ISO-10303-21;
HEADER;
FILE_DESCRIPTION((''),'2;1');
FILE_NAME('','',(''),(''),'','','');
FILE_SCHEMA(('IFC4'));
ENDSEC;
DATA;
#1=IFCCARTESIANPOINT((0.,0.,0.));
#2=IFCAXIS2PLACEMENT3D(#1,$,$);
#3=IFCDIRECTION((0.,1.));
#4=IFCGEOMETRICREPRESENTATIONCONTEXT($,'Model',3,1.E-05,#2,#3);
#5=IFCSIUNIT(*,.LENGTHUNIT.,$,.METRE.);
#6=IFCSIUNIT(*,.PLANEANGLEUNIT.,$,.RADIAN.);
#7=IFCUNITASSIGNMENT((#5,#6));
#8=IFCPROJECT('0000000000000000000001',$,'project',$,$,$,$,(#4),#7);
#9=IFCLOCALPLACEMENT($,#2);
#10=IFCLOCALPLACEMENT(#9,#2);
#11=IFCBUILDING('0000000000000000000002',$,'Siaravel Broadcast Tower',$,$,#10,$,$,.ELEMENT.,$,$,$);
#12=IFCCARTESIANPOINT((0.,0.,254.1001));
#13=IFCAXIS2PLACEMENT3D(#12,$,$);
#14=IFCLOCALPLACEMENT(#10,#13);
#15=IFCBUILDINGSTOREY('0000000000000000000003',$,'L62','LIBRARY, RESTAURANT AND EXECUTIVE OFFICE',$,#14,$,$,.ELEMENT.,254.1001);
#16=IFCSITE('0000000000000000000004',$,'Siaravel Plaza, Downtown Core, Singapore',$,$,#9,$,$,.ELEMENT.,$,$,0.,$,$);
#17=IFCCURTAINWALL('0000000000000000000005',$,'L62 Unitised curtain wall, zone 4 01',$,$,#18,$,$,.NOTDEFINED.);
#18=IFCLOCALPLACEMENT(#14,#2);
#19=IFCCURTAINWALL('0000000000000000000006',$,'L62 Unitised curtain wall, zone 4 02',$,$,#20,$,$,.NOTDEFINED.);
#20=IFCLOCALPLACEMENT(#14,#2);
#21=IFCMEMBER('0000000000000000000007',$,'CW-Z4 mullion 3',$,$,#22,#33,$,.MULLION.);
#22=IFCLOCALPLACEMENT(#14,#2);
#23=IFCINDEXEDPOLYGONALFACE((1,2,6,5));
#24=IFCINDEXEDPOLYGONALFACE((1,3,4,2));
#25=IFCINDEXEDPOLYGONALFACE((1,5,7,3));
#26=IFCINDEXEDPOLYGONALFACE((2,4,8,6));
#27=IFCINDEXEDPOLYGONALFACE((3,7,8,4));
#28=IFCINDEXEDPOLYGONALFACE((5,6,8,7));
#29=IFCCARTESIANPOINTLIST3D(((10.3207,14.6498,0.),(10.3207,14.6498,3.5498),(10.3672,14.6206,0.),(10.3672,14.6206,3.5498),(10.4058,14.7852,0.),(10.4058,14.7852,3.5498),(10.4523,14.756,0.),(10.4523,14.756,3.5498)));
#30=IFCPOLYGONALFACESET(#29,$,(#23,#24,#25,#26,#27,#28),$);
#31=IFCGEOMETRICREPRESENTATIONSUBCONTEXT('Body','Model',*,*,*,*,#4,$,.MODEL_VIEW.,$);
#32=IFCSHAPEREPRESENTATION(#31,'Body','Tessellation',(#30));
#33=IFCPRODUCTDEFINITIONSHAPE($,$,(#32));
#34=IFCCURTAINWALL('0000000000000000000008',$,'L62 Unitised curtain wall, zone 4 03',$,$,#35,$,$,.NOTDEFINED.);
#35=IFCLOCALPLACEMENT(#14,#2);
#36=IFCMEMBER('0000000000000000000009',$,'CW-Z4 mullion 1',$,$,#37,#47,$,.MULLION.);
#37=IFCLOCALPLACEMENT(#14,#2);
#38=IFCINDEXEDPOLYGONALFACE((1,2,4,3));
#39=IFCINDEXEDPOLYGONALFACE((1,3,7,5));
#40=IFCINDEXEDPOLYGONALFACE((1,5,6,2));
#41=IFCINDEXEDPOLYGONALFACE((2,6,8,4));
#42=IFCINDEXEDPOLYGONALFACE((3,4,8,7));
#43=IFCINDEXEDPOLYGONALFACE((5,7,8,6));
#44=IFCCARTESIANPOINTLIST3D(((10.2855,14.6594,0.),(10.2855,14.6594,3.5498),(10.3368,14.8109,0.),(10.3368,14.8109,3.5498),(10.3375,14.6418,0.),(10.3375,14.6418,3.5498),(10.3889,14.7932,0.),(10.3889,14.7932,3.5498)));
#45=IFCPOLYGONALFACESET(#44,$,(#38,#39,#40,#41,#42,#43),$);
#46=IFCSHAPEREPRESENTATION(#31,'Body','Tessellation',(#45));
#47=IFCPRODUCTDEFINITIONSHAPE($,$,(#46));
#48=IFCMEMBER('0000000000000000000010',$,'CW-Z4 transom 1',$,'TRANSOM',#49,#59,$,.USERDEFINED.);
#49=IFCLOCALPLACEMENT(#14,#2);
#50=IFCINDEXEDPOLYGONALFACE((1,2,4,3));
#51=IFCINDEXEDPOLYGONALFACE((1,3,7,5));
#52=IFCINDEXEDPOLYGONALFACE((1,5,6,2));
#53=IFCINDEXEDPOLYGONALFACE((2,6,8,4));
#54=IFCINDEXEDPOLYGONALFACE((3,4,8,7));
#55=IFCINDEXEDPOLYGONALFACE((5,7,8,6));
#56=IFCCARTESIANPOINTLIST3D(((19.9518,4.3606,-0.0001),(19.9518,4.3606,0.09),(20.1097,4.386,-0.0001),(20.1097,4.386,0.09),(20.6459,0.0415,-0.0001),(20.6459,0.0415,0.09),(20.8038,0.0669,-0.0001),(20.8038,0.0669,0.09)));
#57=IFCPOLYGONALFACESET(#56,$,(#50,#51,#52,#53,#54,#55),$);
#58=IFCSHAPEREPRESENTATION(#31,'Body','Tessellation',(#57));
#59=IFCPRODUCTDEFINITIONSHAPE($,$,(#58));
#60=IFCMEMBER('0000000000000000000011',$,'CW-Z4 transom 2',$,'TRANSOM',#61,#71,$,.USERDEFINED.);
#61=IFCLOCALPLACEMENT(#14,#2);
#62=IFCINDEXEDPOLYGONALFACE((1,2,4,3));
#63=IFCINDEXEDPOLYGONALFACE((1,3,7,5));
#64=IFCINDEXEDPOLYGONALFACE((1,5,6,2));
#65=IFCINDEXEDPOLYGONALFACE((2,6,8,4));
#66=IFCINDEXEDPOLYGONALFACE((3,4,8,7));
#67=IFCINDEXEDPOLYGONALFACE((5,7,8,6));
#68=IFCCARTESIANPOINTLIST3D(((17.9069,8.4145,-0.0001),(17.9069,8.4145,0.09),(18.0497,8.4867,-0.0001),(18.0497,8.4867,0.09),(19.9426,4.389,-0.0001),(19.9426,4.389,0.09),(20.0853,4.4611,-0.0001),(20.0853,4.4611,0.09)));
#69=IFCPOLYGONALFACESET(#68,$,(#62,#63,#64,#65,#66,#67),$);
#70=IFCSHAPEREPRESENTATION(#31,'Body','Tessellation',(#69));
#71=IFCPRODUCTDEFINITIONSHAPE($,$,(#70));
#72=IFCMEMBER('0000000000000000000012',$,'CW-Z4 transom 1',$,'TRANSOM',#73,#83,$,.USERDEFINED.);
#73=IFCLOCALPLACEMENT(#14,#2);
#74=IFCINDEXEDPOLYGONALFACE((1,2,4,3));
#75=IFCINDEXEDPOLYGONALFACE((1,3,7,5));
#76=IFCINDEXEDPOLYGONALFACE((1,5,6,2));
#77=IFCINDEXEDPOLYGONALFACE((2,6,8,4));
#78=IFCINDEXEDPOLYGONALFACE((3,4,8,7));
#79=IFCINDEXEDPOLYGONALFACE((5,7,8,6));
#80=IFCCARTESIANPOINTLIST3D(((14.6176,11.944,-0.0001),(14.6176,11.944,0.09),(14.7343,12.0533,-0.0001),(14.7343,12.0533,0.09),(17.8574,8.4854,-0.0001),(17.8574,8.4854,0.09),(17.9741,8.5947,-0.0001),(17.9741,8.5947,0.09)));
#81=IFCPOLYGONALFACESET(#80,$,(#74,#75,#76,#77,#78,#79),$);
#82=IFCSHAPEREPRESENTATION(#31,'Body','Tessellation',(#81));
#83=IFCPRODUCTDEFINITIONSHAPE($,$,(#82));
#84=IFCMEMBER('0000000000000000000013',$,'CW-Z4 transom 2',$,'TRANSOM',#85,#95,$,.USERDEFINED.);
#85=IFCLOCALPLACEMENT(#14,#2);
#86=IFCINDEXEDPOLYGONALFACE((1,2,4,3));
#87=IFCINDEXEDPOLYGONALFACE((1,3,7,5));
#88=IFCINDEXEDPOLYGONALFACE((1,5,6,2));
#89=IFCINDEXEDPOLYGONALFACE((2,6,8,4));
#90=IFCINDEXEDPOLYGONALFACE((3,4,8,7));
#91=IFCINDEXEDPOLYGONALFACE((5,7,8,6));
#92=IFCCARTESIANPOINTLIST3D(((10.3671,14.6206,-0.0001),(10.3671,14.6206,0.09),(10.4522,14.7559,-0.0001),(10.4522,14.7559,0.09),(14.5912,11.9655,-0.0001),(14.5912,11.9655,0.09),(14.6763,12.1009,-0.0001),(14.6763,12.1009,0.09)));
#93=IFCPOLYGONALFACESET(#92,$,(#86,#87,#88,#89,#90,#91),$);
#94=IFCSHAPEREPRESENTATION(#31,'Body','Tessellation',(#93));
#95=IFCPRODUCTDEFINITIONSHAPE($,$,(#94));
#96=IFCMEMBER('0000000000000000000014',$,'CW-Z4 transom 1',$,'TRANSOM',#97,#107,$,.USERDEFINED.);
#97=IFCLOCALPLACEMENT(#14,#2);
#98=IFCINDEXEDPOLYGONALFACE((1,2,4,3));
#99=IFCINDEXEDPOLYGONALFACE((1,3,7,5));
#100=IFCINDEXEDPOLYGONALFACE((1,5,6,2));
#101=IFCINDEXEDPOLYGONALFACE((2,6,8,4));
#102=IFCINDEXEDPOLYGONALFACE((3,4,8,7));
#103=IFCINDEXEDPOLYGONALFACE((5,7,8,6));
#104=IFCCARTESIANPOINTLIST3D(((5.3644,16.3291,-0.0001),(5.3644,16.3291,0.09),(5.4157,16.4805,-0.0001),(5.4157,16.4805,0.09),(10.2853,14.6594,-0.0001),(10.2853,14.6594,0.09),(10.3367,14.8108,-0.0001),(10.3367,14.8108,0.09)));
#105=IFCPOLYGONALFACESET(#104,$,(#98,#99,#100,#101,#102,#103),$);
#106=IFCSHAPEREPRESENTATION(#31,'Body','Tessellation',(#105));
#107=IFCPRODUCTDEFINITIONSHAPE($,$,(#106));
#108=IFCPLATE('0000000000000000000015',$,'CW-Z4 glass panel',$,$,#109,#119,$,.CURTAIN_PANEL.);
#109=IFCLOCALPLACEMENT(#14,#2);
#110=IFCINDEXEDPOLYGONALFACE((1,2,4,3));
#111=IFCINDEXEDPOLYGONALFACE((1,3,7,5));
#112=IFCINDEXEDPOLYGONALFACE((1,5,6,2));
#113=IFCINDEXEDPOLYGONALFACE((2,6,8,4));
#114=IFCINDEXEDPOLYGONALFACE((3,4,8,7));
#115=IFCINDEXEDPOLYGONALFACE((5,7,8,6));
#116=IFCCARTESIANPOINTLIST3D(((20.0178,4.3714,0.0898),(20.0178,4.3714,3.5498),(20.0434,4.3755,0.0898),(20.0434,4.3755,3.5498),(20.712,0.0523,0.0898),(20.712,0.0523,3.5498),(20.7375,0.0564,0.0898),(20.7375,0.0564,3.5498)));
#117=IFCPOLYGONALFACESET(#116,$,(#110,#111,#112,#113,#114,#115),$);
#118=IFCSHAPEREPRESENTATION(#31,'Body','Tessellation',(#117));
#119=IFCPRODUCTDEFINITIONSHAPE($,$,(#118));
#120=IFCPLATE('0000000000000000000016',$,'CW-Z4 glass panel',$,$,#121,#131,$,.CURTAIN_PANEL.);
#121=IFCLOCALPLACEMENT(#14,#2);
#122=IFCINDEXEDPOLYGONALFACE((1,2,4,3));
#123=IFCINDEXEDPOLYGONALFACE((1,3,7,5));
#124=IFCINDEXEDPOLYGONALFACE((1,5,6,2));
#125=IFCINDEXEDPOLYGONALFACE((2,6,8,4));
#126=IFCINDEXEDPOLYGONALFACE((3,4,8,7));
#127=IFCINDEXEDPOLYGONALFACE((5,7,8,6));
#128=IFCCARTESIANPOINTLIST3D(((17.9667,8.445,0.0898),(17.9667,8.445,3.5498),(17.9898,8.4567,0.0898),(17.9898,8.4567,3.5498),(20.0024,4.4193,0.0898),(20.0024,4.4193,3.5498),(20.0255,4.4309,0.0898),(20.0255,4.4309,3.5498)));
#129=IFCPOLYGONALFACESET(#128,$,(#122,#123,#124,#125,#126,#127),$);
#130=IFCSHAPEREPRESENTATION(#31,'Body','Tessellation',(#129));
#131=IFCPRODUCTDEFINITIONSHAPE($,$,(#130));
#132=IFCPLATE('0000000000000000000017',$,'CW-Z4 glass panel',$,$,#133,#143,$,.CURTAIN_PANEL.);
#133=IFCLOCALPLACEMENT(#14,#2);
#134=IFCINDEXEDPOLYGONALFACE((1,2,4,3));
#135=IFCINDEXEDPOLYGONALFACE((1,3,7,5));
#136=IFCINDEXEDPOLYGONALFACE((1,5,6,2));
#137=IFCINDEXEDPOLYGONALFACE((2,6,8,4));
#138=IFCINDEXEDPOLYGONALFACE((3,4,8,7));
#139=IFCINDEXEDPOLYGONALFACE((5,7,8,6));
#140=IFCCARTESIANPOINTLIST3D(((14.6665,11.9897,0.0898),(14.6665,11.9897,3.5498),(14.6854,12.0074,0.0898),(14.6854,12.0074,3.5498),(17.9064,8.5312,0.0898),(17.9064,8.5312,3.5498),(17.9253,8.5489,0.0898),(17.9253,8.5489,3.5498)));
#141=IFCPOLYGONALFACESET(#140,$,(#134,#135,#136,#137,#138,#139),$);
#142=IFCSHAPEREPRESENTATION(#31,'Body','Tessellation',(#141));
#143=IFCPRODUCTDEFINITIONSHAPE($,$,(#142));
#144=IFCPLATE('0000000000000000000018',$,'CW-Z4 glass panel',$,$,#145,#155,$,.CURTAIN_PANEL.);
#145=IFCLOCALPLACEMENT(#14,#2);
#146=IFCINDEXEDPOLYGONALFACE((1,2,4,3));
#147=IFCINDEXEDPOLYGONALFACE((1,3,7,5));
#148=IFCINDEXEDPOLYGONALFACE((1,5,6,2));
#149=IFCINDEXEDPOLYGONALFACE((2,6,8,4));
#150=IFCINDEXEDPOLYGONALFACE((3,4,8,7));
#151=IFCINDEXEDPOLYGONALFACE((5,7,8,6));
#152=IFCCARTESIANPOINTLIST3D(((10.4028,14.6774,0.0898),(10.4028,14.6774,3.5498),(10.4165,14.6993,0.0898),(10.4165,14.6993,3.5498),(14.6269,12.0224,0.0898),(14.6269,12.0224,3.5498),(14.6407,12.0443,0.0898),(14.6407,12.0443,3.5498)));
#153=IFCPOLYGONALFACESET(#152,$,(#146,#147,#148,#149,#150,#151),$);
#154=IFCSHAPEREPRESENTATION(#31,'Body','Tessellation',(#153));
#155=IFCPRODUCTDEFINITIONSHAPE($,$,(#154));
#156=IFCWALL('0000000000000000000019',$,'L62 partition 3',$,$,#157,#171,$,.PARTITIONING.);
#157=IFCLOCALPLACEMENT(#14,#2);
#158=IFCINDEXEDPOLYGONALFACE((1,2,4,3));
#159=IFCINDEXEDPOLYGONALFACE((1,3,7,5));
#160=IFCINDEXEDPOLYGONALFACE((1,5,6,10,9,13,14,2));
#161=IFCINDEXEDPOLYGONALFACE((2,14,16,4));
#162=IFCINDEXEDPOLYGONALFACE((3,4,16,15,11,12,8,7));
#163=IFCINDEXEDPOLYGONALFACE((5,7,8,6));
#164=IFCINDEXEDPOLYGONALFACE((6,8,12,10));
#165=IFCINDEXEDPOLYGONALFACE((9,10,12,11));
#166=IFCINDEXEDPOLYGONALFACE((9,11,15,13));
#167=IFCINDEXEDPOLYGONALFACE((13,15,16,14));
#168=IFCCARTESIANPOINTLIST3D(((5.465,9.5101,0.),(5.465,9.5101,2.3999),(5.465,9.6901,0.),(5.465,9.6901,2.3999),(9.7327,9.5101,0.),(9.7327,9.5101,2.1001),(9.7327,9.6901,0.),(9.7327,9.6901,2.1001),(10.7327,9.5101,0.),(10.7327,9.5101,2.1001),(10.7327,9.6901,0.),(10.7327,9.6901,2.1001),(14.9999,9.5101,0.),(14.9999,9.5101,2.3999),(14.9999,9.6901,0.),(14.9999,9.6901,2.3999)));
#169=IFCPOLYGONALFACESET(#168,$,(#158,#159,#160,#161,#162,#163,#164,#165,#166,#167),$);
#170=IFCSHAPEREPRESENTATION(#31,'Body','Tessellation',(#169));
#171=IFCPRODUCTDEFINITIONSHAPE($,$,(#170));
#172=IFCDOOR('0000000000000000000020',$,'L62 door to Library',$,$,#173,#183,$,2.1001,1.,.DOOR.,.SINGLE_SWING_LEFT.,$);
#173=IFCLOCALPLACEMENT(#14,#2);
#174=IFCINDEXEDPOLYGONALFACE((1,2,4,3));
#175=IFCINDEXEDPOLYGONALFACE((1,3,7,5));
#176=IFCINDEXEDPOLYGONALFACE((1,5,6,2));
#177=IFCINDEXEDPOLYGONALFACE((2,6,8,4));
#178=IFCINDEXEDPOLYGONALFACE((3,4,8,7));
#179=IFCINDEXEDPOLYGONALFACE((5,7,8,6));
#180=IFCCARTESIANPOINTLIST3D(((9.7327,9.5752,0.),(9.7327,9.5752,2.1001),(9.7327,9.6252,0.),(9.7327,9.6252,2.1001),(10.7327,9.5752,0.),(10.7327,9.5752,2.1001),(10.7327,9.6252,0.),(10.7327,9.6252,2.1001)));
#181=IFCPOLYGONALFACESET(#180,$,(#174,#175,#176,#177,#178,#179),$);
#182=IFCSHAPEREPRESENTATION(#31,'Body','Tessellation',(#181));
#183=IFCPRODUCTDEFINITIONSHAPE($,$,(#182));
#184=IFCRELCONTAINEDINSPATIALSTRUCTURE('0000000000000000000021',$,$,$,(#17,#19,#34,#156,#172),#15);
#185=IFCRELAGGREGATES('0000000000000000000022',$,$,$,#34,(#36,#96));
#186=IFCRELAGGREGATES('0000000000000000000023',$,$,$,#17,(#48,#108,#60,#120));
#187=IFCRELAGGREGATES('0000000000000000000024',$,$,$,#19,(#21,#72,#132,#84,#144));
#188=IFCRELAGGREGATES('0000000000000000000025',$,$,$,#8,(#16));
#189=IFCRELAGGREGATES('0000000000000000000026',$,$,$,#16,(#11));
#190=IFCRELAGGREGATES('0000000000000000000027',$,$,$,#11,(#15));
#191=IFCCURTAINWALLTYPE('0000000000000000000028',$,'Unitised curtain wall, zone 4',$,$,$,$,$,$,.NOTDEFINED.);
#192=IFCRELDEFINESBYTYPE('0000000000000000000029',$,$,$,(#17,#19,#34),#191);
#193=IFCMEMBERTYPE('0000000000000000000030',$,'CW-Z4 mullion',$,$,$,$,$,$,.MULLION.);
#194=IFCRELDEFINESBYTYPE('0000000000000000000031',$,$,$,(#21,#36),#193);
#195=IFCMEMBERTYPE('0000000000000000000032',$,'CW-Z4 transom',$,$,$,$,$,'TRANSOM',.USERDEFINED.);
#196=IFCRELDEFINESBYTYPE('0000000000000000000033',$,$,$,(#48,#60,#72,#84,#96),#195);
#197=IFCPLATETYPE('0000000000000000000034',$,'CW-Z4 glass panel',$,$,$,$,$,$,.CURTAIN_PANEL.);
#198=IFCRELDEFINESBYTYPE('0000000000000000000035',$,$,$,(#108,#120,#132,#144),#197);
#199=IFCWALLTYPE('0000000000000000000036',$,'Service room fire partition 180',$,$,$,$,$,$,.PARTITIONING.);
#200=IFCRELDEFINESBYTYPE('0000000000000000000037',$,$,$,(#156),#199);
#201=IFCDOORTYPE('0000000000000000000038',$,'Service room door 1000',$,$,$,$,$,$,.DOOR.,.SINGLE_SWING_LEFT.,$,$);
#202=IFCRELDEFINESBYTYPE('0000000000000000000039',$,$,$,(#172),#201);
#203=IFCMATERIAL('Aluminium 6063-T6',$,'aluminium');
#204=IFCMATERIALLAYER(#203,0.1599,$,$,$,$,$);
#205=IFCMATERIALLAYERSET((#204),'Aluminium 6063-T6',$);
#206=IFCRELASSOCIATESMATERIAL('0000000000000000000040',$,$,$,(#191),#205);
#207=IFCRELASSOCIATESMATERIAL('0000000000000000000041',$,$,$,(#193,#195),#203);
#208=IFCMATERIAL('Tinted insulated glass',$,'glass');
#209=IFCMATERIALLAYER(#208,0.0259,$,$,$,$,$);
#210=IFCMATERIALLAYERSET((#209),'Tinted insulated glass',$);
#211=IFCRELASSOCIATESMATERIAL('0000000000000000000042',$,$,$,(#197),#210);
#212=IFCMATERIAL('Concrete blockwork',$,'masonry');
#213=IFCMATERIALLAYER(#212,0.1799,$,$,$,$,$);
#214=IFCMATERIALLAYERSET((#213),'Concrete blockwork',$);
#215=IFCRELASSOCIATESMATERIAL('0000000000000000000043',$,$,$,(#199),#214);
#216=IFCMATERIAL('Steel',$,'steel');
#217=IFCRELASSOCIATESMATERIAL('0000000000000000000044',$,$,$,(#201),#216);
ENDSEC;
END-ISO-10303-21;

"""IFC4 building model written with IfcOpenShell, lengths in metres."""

from ifc_helpers import new_model, si_unit, direction, frame, frame_2d, origin, origin_2d, place, context, subcontext, project, spatial, rectangle, extrude, material, layer, layer_set, material_profile, profile_set, type_object, element, fill, aggregate, save


model = new_model("IFC4")

# Units and contexts
model_context = context("Model", 3, precision=1e-05, world=origin(), true_north=direction((0.0, 1.0)))
body_context = subcontext(model_context, "Body", "Model", "MODEL_VIEW")
ifc_project = project(units=[si_unit("LENGTHUNIT", "METRE"), si_unit("PLANEANGLEUNIT", "RADIAN")], contexts=[model_context])

# Site, building, storey
site_placement = place(None, origin())
site = spatial("IfcSite", under=ifc_project, at=site_placement, Name="Siaravel Plaza, Downtown Core, Singapore", CompositionType="ELEMENT", RefElevation=0.0)
building_placement = place(site_placement, origin())
building = spatial("IfcBuilding", under=site, at=building_placement, Name="Siaravel Broadcast Tower", CompositionType="ELEMENT")
storey_placement = place(building_placement, frame((0.0, 0.0, 254.1001)))
storey = spatial("IfcBuildingStorey", under=building, at=storey_placement, Name="L62", Description="LIBRARY, RESTAURANT AND EXECUTIVE OFFICE", CompositionType="ELEMENT", Elevation=254.1001)

# Curtain walls, member
ifc_material_1 = material(Name="Aluminium 6063-T6", Category="aluminium")
ifc_layer_1 = layer(ifc_material_1, 0.1599)
ifc_layer_set_1 = layer_set([ifc_layer_1], Name="Aluminium 6063-T6")
curtain_wall_type = type_object("IfcCurtainWallType", Name="Unitised curtain wall, zone 4", PredefinedType="NOTDEFINED", material=ifc_layer_set_1)
curtain_wall_1_placement = place(storey_placement, origin())
curtain_wall_1 = element("IfcCurtainWall", 1, at=curtain_wall_1_placement, inside=storey, type_object=curtain_wall_type, Name="L62 Unitised curtain wall, zone 4 01", PredefinedType="NOTDEFINED")
ifc_material_profile_1 = material_profile(ifc_material_1, rectangle(XDim=0.1599, YDim=0.0549, at=origin_2d()))
ifc_profile_set_1 = profile_set([ifc_material_profile_1], Name="Aluminium 6063-T6")
member_type_1 = type_object("IfcMemberType", Name="CW-Z4 mullion", PredefinedType="MULLION", material=ifc_profile_set_1)
curtain_wall_2_placement = place(storey_placement, origin())
curtain_wall_2 = element("IfcCurtainWall", 2, at=curtain_wall_2_placement, inside=storey, type_object=curtain_wall_type, Name="L62 Unitised curtain wall, zone 4 02", PredefinedType="NOTDEFINED")
member_1_placement = place(storey_placement, frame((10.3865, 14.7029, 0.0), z_axis=(0.0, 0.0, 1.0), x_axis=(-0.532151, -0.84665, 0.0)))
member_1 = element("IfcMember", 3, at=member_1_placement, type_object=member_type_1, Name="CW-Z4 mullion 3", PredefinedType="MULLION", context=body_context, shape_type="SweptSolid", body=[
    extrude(rectangle(XDim=0.1599, YDim=0.0549, at=origin_2d()), origin(), (0.0, 0.0, 1.0), 3.5498),
])

# Curtain wall, member
curtain_wall_3_placement = place(storey_placement, origin())
curtain_wall_3 = element("IfcCurtainWall", 4, at=curtain_wall_3_placement, inside=storey, type_object=curtain_wall_type, Name="L62 Unitised curtain wall, zone 4 03", PredefinedType="NOTDEFINED")
member_2_placement = place(storey_placement, frame((10.3372, 14.7263, 0.0), z_axis=(0.0, 0.0, 1.0), x_axis=(-0.321302, -0.946977, 0.0)))
member_2 = element("IfcMember", 5, at=member_2_placement, type_object=member_type_1, Name="CW-Z4 mullion 1", PredefinedType="MULLION", context=body_context, shape_type="SweptSolid", body=[
    extrude(rectangle(XDim=0.1599, YDim=0.0549, at=origin_2d()), origin(), (0.0, 0.0, 1.0), 3.5498),
])

# Members
ifc_material_profile_2 = material_profile(ifc_material_1, rectangle(XDim=0.1599, YDim=0.0901, at=origin_2d()))
ifc_profile_set_2 = profile_set([ifc_material_profile_2], Name="Aluminium 6063-T6")
member_type_2 = type_object("IfcMemberType", Name="CW-Z4 transom", ElementType="TRANSOM", PredefinedType="USERDEFINED", material=ifc_profile_set_2)
member_3_placement = place(storey_placement, frame((20.7249, 0.0542, 0.0449), z_axis=(-0.158667, 0.987332, 0.0), x_axis=(-0.987332, -0.158667, 0.0)))
member_3 = element("IfcMember", 6, at=member_3_placement, type_object=member_type_2, Name="CW-Z4 transom 1", ObjectType="TRANSOM", PredefinedType="USERDEFINED", context=body_context, shape_type="SweptSolid", body=[
    extrude(rectangle(XDim=0.1599, YDim=0.0901, at=origin_2d()), origin(), (0.0, 0.0, 1.0), 4.3745),
])
member_4_placement = place(storey_placement, frame((20.0139, 4.425, 0.0449), z_axis=(-0.451257, 0.892394, 0.0), x_axis=(-0.892394, -0.451257, 0.0)))
member_4 = element("IfcMember", 7, at=member_4_placement, type_object=member_type_2, Name="CW-Z4 transom 2", ObjectType="TRANSOM", PredefinedType="USERDEFINED", context=body_context, shape_type="SweptSolid", body=[
    extrude(rectangle(XDim=0.1599, YDim=0.0901, at=origin_2d()), origin(), (0.0, 0.0, 1.0), 4.511),
])
member_5_placement = place(storey_placement, frame((17.9158, 8.54, 0.0449), z_axis=(-0.68365, 0.72981, 0.0), x_axis=(-0.72981, -0.68365, 0.0)))
member_5 = element("IfcMember", 8, at=member_5_placement, type_object=member_type_2, Name="CW-Z4 transom 1", ObjectType="TRANSOM", PredefinedType="USERDEFINED", context=body_context, shape_type="SweptSolid", body=[
    extrude(rectangle(XDim=0.1599, YDim=0.0901, at=origin_2d()), origin(), (0.0, 0.0, 1.0), 4.739),
])
member_6_placement = place(storey_placement, frame((14.6338, 12.0332, 0.0449), z_axis=(-0.846649, 0.532153, 0.0), x_axis=(-0.532153, -0.846649, 0.0)))
member_6 = element("IfcMember", 9, at=member_6_placement, type_object=member_type_2, Name="CW-Z4 transom 2", ObjectType="TRANSOM", PredefinedType="USERDEFINED", context=body_context, shape_type="SweptSolid", body=[
    extrude(rectangle(XDim=0.1599, YDim=0.0901, at=origin_2d()), origin(), (0.0, 0.0, 1.0), 4.9893),
])
member_7_placement = place(storey_placement, frame((10.311, 14.7351, 0.0449), z_axis=(-0.946974, 0.321311, 0.0), x_axis=(-0.321311, -0.946974, 0.0)))
member_7 = element("IfcMember", 10, at=member_7_placement, type_object=member_type_2, Name="CW-Z4 transom 1", ObjectType="TRANSOM", PredefinedType="USERDEFINED", context=body_context, shape_type="SweptSolid", body=[
    extrude(rectangle(XDim=0.1599, YDim=0.0901, at=origin_2d()), origin(), (0.0, 0.0, 1.0), 5.1965),
])
aggregate(curtain_wall_3, [member_2, member_7])

# Plates
ifc_material_2 = material(Name="Tinted insulated glass", Category="glass")
ifc_layer_2 = layer(ifc_material_2, 0.0259)
ifc_layer_set_2 = layer_set([ifc_layer_2], Name="Tinted insulated glass")
plate_type = type_object("IfcPlateType", Name="CW-Z4 glass panel", PredefinedType="CURTAIN_PANEL", material=ifc_layer_set_2)
plate_1_placement = place(storey_placement, frame((20.3777, 2.2139, 0.0898), z_axis=(0.0, 0.0, 1.0), x_axis=(-0.158685, 0.987329, 0.0)))
plate_1 = element("IfcPlate", 11, at=plate_1_placement, type_object=plate_type, Name="CW-Z4 glass panel", PredefinedType="CURTAIN_PANEL", context=body_context, shape_type="SweptSolid", body=[
    extrude(rectangle(XDim=4.3745, YDim=0.0259, at=origin_2d()), origin(), (0.0, 0.0, 1.0), 3.46),
])
plate_2_placement = place(storey_placement, frame((18.9961, 6.438, 0.0898), z_axis=(0.0, 0.0, 1.0), x_axis=(-0.451259, 0.892393, 0.0)))
plate_2 = element("IfcPlate", 12, at=plate_2_placement, type_object=plate_type, Name="CW-Z4 glass panel", PredefinedType="CURTAIN_PANEL", context=body_context, shape_type="SweptSolid", body=[
    extrude(rectangle(XDim=4.5112, YDim=0.0259, at=origin_2d()), origin(), (0.0, 0.0, 1.0), 3.46),
])
aggregate(curtain_wall_1, [member_3, plate_1, member_4, plate_2])
plate_3_placement = place(storey_placement, frame((16.2959, 10.2693, 0.0898), z_axis=(0.0, 0.0, 1.0), x_axis=(-0.683654, 0.729807, 0.0)))
plate_3 = element("IfcPlate", 13, at=plate_3_placement, type_object=plate_type, Name="CW-Z4 glass panel", PredefinedType="CURTAIN_PANEL", context=body_context, shape_type="SweptSolid", body=[
    extrude(rectangle(XDim=4.739, YDim=0.0259, at=origin_2d()), origin(), (0.0, 0.0, 1.0), 3.46),
])
plate_4_placement = place(storey_placement, frame((12.5217, 13.3608, 0.0898), z_axis=(0.0, 0.0, 1.0), x_axis=(-0.84665, 0.532151, 0.0)))
plate_4 = element("IfcPlate", 14, at=plate_4_placement, type_object=plate_type, Name="CW-Z4 glass panel", PredefinedType="CURTAIN_PANEL", context=body_context, shape_type="SweptSolid", body=[
    extrude(rectangle(XDim=4.9893, YDim=0.0259, at=origin_2d()), origin(), (0.0, 0.0, 1.0), 3.46),
])
aggregate(curtain_wall_2, [member_1, member_5, plate_3, member_6, plate_4])

# Wall, opening, door
ifc_material_3 = material(Name="Concrete blockwork", Category="masonry")
ifc_layer_3 = layer(ifc_material_3, 0.1799)
ifc_layer_set_3 = layer_set([ifc_layer_3], Name="Concrete blockwork")
wall_type_1 = type_object("IfcWallType", Name="Service room fire partition 180", PredefinedType="PARTITIONING", material=ifc_layer_set_3)
wall_1_placement = place(storey_placement, frame((15.0, 9.6001, 0.0), z_axis=(0.0, 0.0, 1.0), x_axis=(-1.0, 0.0, 0.0)))
wall_1 = element("IfcWall", 15, at=wall_1_placement, inside=storey, type_object=wall_type_1, Name="L62 partition 3", PredefinedType="PARTITIONING", context=body_context, shape_type="SweptSolid", body=[
    extrude(rectangle(XDim=9.5349, YDim=0.1799, at=frame_2d((4.7676, 0.0))), origin(), (0.0, 0.0, 1.0), 2.3999),
])
opening_placement = place(wall_1_placement, frame((4.2673, 0.0, 0.0)))
opening = element("IfcOpeningElement", 16, at=opening_placement, cuts=wall_1, PredefinedType="OPENING", context=body_context, shape_type="SweptSolid", body=[
    extrude(rectangle(XDim=1.0, YDim=2.1001, at=frame_2d((0.5, 1.05))), frame((0.0, 0.0999, 0.0), z_axis=(0.0, -1.0, 0.0), x_axis=(1.0, 0.0, 0.0)), (0.0, 0.0, 1.0), 0.2),
])
ifc_material_4 = material(Name="Steel", Category="steel")
door_type = type_object("IfcDoorType", Name="Service room door 1000", OperationType="SINGLE_SWING_LEFT", PredefinedType="DOOR", material=ifc_material_4)
door_placement = place(opening_placement, origin())
door = element("IfcDoor", 17, at=door_placement, inside=storey, type_object=door_type, Name="L62 door to Library", OperationType="SINGLE_SWING_LEFT", OverallHeight=2.1001, OverallWidth=1.0, PredefinedType="DOOR", context=body_context, shape_type="SweptSolid", body=[
    extrude(rectangle(XDim=1.0, YDim=2.1001, at=frame_2d((0.5, 1.05))), frame((0.0, 0.0249, 0.0), z_axis=(0.0, -1.0, 0.0), x_axis=(1.0, 0.0, 0.0)), (0.0, 0.0, 1.0), 0.05),
])
fill(opening, door)

save(model, "model.ifc")
